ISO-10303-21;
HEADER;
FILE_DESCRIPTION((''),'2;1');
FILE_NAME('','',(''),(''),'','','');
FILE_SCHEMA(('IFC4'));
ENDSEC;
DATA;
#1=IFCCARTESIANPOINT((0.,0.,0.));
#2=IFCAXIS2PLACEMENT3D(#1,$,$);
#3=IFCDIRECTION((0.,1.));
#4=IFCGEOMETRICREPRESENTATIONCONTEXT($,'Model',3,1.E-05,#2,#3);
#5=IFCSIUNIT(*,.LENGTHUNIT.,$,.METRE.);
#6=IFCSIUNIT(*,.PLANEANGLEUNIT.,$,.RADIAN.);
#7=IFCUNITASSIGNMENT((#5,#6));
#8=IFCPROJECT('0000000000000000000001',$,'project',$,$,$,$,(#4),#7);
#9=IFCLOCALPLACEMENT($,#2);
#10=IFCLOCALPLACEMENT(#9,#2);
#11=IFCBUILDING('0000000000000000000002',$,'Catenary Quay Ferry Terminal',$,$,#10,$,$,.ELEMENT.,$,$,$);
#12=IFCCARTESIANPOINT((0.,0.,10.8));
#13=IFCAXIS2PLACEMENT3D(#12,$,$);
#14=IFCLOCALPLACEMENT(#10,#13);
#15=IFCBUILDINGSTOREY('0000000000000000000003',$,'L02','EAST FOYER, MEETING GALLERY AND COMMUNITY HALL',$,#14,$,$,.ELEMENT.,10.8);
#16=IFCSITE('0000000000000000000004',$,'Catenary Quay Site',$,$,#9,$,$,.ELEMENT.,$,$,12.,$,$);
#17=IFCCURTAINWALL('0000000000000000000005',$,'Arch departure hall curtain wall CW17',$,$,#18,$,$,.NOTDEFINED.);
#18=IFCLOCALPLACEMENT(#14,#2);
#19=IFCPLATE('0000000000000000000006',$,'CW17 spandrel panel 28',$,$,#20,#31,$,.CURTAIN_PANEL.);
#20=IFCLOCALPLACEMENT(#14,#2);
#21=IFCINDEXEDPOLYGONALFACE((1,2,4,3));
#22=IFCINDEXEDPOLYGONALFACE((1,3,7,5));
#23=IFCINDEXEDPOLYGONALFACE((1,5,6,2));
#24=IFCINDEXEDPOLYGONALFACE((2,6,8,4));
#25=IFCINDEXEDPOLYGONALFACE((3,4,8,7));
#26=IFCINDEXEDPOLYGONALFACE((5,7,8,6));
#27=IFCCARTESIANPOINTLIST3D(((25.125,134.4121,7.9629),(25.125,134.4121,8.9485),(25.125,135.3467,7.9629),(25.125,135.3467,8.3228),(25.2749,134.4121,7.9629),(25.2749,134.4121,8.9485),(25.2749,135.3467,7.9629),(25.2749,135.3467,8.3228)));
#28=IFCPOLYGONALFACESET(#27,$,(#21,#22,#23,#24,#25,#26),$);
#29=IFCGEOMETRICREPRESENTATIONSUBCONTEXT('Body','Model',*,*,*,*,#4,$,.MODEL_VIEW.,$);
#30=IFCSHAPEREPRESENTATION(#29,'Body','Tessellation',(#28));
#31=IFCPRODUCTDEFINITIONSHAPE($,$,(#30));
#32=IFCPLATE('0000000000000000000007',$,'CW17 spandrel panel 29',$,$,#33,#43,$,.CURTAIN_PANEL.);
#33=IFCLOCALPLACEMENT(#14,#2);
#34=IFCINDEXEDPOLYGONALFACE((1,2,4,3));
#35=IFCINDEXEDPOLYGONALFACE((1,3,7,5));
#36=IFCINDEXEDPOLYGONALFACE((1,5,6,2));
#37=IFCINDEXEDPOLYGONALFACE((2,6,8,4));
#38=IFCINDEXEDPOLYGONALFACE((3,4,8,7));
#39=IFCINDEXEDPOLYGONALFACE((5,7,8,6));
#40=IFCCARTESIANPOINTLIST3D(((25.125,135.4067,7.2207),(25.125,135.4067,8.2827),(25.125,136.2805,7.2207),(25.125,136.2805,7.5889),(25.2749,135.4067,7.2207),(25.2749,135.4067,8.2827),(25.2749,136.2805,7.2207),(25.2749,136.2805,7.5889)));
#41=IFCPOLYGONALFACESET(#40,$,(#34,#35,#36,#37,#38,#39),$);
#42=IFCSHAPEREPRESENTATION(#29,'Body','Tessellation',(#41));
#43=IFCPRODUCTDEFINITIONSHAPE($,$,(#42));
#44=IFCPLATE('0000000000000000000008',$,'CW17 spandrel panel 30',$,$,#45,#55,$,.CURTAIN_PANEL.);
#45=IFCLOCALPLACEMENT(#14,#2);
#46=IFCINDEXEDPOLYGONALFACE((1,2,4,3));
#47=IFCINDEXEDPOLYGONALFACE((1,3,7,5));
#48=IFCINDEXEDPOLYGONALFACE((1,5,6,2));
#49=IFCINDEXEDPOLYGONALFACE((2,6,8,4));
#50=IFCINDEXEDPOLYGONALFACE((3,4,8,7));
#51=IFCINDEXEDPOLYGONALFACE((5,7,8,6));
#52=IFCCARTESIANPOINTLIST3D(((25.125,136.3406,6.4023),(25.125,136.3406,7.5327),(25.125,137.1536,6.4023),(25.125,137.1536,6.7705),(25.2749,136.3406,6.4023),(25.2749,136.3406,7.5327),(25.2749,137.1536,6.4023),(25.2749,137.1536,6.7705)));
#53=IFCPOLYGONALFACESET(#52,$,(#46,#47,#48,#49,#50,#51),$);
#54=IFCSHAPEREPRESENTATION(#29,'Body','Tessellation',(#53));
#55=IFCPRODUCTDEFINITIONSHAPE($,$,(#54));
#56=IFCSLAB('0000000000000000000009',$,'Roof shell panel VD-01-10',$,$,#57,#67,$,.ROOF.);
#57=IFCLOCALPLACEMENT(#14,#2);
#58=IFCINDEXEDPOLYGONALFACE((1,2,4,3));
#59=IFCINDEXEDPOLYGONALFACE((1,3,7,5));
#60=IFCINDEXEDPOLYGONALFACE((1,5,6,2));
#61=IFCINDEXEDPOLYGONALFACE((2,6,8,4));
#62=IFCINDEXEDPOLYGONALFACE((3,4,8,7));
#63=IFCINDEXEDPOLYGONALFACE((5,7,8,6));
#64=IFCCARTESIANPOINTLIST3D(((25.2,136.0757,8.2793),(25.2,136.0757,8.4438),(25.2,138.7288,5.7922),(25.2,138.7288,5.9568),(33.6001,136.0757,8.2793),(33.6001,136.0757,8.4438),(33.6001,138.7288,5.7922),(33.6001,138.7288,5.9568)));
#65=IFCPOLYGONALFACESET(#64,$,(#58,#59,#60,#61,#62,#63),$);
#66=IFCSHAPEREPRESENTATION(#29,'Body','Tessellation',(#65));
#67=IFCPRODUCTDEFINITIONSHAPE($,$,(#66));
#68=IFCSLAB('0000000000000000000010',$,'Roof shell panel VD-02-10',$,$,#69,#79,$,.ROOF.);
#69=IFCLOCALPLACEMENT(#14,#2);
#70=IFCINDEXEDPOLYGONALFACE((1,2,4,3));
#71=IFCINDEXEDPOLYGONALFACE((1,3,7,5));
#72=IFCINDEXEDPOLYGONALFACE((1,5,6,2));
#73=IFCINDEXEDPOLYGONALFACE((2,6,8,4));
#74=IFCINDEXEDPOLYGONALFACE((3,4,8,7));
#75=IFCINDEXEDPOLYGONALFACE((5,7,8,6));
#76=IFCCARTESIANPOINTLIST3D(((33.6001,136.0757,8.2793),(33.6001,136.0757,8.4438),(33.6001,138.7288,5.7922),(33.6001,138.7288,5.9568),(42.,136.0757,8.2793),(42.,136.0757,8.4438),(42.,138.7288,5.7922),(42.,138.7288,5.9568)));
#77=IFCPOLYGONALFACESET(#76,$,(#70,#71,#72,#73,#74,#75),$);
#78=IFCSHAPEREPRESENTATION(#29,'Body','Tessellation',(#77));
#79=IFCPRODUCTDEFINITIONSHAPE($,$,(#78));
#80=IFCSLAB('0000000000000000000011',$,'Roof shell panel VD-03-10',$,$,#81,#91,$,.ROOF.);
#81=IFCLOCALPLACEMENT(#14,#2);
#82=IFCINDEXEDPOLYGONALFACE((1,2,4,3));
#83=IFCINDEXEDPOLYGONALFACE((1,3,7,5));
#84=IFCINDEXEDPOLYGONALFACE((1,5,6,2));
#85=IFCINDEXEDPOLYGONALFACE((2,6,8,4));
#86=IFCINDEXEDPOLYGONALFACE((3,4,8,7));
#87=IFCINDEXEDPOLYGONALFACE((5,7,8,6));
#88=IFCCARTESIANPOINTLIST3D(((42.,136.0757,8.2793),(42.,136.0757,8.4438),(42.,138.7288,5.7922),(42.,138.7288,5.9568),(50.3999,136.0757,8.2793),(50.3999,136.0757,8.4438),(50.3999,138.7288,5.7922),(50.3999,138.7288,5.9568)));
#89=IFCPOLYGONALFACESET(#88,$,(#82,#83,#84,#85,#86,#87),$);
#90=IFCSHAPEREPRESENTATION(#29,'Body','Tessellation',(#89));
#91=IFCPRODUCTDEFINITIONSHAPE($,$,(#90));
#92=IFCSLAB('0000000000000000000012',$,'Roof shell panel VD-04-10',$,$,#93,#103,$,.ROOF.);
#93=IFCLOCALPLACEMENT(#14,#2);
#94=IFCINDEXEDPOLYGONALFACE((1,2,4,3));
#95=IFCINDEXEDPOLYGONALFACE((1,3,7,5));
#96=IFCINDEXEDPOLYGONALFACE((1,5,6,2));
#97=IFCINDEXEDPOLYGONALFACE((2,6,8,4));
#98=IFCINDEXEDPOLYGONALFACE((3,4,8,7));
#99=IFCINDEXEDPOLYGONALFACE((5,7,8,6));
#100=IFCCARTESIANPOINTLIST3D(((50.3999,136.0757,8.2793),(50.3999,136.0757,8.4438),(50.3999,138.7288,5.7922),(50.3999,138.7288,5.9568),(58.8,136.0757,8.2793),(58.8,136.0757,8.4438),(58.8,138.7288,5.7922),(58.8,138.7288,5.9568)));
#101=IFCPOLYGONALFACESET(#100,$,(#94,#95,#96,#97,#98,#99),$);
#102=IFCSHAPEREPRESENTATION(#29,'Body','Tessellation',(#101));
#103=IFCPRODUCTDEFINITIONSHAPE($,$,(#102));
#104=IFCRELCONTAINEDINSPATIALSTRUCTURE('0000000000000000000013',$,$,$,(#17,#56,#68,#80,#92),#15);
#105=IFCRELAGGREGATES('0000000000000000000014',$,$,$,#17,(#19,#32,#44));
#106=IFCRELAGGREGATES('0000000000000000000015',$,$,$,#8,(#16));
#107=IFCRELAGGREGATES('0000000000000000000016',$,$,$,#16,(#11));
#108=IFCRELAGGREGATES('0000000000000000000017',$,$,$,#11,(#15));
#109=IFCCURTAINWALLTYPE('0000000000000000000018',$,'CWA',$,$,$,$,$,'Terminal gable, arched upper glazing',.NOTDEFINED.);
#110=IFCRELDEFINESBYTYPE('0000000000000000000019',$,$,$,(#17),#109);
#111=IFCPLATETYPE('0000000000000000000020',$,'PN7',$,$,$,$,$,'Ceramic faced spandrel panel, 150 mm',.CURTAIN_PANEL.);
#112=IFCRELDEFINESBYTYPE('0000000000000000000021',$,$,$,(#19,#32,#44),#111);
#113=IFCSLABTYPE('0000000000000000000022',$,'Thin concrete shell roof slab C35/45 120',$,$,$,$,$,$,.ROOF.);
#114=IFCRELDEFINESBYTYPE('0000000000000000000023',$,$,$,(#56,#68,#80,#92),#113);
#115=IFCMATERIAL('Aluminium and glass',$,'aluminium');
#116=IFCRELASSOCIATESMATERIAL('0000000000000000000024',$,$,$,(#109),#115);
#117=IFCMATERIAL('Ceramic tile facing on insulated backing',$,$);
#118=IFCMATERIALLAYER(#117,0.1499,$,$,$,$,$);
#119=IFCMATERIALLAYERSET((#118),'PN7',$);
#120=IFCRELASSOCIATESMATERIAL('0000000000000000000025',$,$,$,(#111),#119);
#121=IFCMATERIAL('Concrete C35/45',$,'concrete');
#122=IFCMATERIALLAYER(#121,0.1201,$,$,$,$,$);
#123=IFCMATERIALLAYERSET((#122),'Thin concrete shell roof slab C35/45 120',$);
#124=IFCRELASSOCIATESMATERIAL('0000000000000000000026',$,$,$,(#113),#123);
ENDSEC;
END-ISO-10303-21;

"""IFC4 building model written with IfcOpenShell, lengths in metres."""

from ifc_helpers import new_model, si_unit, direction, frame, origin, place, context, subcontext, project, spatial, polyline, outline, extrude, material, layer, layer_set, type_object, element, aggregate, save


model = new_model("IFC4")

# Units and contexts
model_context = context("Model", 3, precision=1e-05, world=origin(), true_north=direction((0.0, 1.0)))
body_context = subcontext(model_context, "Body", "Model", "MODEL_VIEW")
ifc_project = project(units=[si_unit("LENGTHUNIT", "METRE"), si_unit("PLANEANGLEUNIT", "RADIAN")], contexts=[model_context])

# Site, building, storey
site_placement = place(None, origin())
site = spatial("IfcSite", under=ifc_project, at=site_placement, Name="Catenary Quay Site", CompositionType="ELEMENT", RefElevation=12.0)
building_placement = place(site_placement, origin())
building = spatial("IfcBuilding", under=site, at=building_placement, Name="Catenary Quay Ferry Terminal", CompositionType="ELEMENT")
storey_placement = place(building_placement, frame((0.0, 0.0, 10.8)))
storey = spatial("IfcBuildingStorey", under=building, at=storey_placement, Name="L02", Description="EAST FOYER, MEETING GALLERY AND COMMUNITY HALL", CompositionType="ELEMENT", Elevation=10.8)

# Curtain wall
ifc_material_1 = material(Name="Aluminium and glass", Category="aluminium")
curtain_wall_type = type_object("IfcCurtainWallType", Name="CWA", ElementType="Terminal gable, arched upper glazing", PredefinedType="NOTDEFINED", material=ifc_material_1)
curtain_wall_placement = place(storey_placement, origin())
curtain_wall = element("IfcCurtainWall", 1, at=curtain_wall_placement, inside=storey, type_object=curtain_wall_type, Name="Arch departure hall curtain wall CW17", PredefinedType="NOTDEFINED")

# Plates
ifc_material_2 = material(Name="Ceramic tile facing on insulated backing")
ifc_layer_1 = layer(ifc_material_2, 0.1499)
ifc_layer_set_1 = layer_set([ifc_layer_1], Name="PN7")
plate_type_1 = type_object("IfcPlateType", Name="PN7", ElementType="Ceramic faced spandrel panel, 150 mm", PredefinedType="CURTAIN_PANEL", material=ifc_layer_set_1)
plate_1_placement = place(storey_placement, frame((25.2, 134.4121, 7.9629), z_axis=(0.0, 0.0, 1.0), x_axis=(0.0, 1.0, 0.0)))
plate_1 = element("IfcPlate", 2, at=plate_1_placement, type_object=plate_type_1, Name="CW17 spandrel panel 28", PredefinedType="CURTAIN_PANEL", context=body_context, shape_type="SweptSolid", body=[
    extrude(outline(polyline([(0.0, 0.0), (0.9346, 0.0), (0.9346, 0.3599), (0.0, 0.9856), (0.0, 0.0)])), frame((0.0, 0.075, 0.0), z_axis=(0.0, -1.0, 0.0), x_axis=(1.0, 0.0, 0.0)), (0.0, 0.0, 1.0), 0.1499),
])
plate_2_placement = place(storey_placement, frame((25.2, 135.4067, 7.2207), z_axis=(0.0, 0.0, 1.0), x_axis=(0.0, 1.0, 0.0)))
plate_2 = element("IfcPlate", 3, at=plate_2_placement, type_object=plate_type_1, Name="CW17 spandrel panel 29", PredefinedType="CURTAIN_PANEL", context=body_context, shape_type="SweptSolid", body=[
    extrude(outline(polyline([(0.0, 0.0), (0.8738, 0.0), (0.8738, 0.3682), (0.0, 1.062), (0.0, 0.0)])), frame((0.0, 0.075, 0.0), z_axis=(0.0, -1.0, 0.0), x_axis=(1.0, 0.0, 0.0)), (0.0, 0.0, 1.0), 0.1499),
])
plate_3_placement = place(storey_placement, frame((25.2, 136.3406, 6.4023), z_axis=(0.0, 0.0, 1.0), x_axis=(0.0, 1.0, 0.0)))
plate_3 = element("IfcPlate", 4, at=plate_3_placement, type_object=plate_type_1, Name="CW17 spandrel panel 30", PredefinedType="CURTAIN_PANEL", context=body_context, shape_type="SweptSolid", body=[
    extrude(outline(polyline([(0.0, 0.0), (0.813, 0.0), (0.813, 0.3682), (0.0, 1.1304), (0.0, 0.0)])), frame((0.0, 0.075, 0.0), z_axis=(0.0, -1.0, 0.0), x_axis=(1.0, 0.0, 0.0)), (0.0, 0.0, 1.0), 0.1499),
])
aggregate(curtain_wall, [plate_1, plate_2, plate_3])

# Slabs
ifc_material_3 = material(Name="Concrete C35/45", Category="concrete")
ifc_layer_2 = layer(ifc_material_3, 0.1201)
ifc_layer_set_2 = layer_set([ifc_layer_2], Name="Thin concrete shell roof slab C35/45 120")
slab_type = type_object("IfcSlabType", Name="Thin concrete shell roof slab C35/45 120", PredefinedType="ROOF", material=ifc_layer_set_2)
slab_1_placement = place(storey_placement, frame((25.2, 136.0757, 8.4438), z_axis=(0.0, 0.683912, 0.729564), x_axis=(1.0, 0.0, 0.0)))
element("IfcSlab", 5, at=slab_1_placement, inside=storey, type_object=slab_type, Name="Roof shell panel VD-01-10", PredefinedType="ROOF", context=body_context, shape_type="SweptSolid", body=[
    extrude(outline(polyline([(0.0, 0.0), (8.4001, 0.0), (8.4001, 3.6365), (0.0, 3.6365), (0.0, 0.0)])), origin(), (0.0, 0.683912, -0.729564), 0.1646),
])
for number, where, z_axis, x_axis, name in (
    (6, (33.6001, 136.0757, 8.4438), (0.0, 0.683912, 0.729564), (1.0, 0.0, 0.0), "Roof shell panel VD-02-10"),
    (7, (42.0, 136.0757, 8.4438), (0.0, 0.683912, 0.729564), (1.0, 0.0, 0.0), "Roof shell panel VD-03-10"),
):
    element("IfcSlab", number, at=place(storey_placement, frame(where, z_axis=z_axis, x_axis=x_axis)), inside=storey, type_object=slab_type, Name=name, PredefinedType="ROOF", context=body_context, shape_type="SweptSolid", body=[
        extrude(outline(polyline([(0.0, 0.0), (8.3999, 0.0), (8.3999, 3.6365), (0.0, 3.6365), (0.0, 0.0)])), origin(), (0.0, 0.683912, -0.729564), 0.1646),
    ])
slab_2_placement = place(storey_placement, frame((50.3999, 136.0757, 8.4438), z_axis=(0.0, 0.683912, 0.729564), x_axis=(1.0, 0.0, 0.0)))
element("IfcSlab", 8, at=slab_2_placement, inside=storey, type_object=slab_type, Name="Roof shell panel VD-04-10", PredefinedType="ROOF", context=body_context, shape_type="SweptSolid", body=[
    extrude(outline(polyline([(0.0, 0.0), (8.4001, 0.0), (8.4001, 3.6365), (0.0, 3.6365), (0.0, 0.0)])), origin(), (0.0, 0.683912, -0.729564), 0.1646),
])

save(model, "model.ifc")
